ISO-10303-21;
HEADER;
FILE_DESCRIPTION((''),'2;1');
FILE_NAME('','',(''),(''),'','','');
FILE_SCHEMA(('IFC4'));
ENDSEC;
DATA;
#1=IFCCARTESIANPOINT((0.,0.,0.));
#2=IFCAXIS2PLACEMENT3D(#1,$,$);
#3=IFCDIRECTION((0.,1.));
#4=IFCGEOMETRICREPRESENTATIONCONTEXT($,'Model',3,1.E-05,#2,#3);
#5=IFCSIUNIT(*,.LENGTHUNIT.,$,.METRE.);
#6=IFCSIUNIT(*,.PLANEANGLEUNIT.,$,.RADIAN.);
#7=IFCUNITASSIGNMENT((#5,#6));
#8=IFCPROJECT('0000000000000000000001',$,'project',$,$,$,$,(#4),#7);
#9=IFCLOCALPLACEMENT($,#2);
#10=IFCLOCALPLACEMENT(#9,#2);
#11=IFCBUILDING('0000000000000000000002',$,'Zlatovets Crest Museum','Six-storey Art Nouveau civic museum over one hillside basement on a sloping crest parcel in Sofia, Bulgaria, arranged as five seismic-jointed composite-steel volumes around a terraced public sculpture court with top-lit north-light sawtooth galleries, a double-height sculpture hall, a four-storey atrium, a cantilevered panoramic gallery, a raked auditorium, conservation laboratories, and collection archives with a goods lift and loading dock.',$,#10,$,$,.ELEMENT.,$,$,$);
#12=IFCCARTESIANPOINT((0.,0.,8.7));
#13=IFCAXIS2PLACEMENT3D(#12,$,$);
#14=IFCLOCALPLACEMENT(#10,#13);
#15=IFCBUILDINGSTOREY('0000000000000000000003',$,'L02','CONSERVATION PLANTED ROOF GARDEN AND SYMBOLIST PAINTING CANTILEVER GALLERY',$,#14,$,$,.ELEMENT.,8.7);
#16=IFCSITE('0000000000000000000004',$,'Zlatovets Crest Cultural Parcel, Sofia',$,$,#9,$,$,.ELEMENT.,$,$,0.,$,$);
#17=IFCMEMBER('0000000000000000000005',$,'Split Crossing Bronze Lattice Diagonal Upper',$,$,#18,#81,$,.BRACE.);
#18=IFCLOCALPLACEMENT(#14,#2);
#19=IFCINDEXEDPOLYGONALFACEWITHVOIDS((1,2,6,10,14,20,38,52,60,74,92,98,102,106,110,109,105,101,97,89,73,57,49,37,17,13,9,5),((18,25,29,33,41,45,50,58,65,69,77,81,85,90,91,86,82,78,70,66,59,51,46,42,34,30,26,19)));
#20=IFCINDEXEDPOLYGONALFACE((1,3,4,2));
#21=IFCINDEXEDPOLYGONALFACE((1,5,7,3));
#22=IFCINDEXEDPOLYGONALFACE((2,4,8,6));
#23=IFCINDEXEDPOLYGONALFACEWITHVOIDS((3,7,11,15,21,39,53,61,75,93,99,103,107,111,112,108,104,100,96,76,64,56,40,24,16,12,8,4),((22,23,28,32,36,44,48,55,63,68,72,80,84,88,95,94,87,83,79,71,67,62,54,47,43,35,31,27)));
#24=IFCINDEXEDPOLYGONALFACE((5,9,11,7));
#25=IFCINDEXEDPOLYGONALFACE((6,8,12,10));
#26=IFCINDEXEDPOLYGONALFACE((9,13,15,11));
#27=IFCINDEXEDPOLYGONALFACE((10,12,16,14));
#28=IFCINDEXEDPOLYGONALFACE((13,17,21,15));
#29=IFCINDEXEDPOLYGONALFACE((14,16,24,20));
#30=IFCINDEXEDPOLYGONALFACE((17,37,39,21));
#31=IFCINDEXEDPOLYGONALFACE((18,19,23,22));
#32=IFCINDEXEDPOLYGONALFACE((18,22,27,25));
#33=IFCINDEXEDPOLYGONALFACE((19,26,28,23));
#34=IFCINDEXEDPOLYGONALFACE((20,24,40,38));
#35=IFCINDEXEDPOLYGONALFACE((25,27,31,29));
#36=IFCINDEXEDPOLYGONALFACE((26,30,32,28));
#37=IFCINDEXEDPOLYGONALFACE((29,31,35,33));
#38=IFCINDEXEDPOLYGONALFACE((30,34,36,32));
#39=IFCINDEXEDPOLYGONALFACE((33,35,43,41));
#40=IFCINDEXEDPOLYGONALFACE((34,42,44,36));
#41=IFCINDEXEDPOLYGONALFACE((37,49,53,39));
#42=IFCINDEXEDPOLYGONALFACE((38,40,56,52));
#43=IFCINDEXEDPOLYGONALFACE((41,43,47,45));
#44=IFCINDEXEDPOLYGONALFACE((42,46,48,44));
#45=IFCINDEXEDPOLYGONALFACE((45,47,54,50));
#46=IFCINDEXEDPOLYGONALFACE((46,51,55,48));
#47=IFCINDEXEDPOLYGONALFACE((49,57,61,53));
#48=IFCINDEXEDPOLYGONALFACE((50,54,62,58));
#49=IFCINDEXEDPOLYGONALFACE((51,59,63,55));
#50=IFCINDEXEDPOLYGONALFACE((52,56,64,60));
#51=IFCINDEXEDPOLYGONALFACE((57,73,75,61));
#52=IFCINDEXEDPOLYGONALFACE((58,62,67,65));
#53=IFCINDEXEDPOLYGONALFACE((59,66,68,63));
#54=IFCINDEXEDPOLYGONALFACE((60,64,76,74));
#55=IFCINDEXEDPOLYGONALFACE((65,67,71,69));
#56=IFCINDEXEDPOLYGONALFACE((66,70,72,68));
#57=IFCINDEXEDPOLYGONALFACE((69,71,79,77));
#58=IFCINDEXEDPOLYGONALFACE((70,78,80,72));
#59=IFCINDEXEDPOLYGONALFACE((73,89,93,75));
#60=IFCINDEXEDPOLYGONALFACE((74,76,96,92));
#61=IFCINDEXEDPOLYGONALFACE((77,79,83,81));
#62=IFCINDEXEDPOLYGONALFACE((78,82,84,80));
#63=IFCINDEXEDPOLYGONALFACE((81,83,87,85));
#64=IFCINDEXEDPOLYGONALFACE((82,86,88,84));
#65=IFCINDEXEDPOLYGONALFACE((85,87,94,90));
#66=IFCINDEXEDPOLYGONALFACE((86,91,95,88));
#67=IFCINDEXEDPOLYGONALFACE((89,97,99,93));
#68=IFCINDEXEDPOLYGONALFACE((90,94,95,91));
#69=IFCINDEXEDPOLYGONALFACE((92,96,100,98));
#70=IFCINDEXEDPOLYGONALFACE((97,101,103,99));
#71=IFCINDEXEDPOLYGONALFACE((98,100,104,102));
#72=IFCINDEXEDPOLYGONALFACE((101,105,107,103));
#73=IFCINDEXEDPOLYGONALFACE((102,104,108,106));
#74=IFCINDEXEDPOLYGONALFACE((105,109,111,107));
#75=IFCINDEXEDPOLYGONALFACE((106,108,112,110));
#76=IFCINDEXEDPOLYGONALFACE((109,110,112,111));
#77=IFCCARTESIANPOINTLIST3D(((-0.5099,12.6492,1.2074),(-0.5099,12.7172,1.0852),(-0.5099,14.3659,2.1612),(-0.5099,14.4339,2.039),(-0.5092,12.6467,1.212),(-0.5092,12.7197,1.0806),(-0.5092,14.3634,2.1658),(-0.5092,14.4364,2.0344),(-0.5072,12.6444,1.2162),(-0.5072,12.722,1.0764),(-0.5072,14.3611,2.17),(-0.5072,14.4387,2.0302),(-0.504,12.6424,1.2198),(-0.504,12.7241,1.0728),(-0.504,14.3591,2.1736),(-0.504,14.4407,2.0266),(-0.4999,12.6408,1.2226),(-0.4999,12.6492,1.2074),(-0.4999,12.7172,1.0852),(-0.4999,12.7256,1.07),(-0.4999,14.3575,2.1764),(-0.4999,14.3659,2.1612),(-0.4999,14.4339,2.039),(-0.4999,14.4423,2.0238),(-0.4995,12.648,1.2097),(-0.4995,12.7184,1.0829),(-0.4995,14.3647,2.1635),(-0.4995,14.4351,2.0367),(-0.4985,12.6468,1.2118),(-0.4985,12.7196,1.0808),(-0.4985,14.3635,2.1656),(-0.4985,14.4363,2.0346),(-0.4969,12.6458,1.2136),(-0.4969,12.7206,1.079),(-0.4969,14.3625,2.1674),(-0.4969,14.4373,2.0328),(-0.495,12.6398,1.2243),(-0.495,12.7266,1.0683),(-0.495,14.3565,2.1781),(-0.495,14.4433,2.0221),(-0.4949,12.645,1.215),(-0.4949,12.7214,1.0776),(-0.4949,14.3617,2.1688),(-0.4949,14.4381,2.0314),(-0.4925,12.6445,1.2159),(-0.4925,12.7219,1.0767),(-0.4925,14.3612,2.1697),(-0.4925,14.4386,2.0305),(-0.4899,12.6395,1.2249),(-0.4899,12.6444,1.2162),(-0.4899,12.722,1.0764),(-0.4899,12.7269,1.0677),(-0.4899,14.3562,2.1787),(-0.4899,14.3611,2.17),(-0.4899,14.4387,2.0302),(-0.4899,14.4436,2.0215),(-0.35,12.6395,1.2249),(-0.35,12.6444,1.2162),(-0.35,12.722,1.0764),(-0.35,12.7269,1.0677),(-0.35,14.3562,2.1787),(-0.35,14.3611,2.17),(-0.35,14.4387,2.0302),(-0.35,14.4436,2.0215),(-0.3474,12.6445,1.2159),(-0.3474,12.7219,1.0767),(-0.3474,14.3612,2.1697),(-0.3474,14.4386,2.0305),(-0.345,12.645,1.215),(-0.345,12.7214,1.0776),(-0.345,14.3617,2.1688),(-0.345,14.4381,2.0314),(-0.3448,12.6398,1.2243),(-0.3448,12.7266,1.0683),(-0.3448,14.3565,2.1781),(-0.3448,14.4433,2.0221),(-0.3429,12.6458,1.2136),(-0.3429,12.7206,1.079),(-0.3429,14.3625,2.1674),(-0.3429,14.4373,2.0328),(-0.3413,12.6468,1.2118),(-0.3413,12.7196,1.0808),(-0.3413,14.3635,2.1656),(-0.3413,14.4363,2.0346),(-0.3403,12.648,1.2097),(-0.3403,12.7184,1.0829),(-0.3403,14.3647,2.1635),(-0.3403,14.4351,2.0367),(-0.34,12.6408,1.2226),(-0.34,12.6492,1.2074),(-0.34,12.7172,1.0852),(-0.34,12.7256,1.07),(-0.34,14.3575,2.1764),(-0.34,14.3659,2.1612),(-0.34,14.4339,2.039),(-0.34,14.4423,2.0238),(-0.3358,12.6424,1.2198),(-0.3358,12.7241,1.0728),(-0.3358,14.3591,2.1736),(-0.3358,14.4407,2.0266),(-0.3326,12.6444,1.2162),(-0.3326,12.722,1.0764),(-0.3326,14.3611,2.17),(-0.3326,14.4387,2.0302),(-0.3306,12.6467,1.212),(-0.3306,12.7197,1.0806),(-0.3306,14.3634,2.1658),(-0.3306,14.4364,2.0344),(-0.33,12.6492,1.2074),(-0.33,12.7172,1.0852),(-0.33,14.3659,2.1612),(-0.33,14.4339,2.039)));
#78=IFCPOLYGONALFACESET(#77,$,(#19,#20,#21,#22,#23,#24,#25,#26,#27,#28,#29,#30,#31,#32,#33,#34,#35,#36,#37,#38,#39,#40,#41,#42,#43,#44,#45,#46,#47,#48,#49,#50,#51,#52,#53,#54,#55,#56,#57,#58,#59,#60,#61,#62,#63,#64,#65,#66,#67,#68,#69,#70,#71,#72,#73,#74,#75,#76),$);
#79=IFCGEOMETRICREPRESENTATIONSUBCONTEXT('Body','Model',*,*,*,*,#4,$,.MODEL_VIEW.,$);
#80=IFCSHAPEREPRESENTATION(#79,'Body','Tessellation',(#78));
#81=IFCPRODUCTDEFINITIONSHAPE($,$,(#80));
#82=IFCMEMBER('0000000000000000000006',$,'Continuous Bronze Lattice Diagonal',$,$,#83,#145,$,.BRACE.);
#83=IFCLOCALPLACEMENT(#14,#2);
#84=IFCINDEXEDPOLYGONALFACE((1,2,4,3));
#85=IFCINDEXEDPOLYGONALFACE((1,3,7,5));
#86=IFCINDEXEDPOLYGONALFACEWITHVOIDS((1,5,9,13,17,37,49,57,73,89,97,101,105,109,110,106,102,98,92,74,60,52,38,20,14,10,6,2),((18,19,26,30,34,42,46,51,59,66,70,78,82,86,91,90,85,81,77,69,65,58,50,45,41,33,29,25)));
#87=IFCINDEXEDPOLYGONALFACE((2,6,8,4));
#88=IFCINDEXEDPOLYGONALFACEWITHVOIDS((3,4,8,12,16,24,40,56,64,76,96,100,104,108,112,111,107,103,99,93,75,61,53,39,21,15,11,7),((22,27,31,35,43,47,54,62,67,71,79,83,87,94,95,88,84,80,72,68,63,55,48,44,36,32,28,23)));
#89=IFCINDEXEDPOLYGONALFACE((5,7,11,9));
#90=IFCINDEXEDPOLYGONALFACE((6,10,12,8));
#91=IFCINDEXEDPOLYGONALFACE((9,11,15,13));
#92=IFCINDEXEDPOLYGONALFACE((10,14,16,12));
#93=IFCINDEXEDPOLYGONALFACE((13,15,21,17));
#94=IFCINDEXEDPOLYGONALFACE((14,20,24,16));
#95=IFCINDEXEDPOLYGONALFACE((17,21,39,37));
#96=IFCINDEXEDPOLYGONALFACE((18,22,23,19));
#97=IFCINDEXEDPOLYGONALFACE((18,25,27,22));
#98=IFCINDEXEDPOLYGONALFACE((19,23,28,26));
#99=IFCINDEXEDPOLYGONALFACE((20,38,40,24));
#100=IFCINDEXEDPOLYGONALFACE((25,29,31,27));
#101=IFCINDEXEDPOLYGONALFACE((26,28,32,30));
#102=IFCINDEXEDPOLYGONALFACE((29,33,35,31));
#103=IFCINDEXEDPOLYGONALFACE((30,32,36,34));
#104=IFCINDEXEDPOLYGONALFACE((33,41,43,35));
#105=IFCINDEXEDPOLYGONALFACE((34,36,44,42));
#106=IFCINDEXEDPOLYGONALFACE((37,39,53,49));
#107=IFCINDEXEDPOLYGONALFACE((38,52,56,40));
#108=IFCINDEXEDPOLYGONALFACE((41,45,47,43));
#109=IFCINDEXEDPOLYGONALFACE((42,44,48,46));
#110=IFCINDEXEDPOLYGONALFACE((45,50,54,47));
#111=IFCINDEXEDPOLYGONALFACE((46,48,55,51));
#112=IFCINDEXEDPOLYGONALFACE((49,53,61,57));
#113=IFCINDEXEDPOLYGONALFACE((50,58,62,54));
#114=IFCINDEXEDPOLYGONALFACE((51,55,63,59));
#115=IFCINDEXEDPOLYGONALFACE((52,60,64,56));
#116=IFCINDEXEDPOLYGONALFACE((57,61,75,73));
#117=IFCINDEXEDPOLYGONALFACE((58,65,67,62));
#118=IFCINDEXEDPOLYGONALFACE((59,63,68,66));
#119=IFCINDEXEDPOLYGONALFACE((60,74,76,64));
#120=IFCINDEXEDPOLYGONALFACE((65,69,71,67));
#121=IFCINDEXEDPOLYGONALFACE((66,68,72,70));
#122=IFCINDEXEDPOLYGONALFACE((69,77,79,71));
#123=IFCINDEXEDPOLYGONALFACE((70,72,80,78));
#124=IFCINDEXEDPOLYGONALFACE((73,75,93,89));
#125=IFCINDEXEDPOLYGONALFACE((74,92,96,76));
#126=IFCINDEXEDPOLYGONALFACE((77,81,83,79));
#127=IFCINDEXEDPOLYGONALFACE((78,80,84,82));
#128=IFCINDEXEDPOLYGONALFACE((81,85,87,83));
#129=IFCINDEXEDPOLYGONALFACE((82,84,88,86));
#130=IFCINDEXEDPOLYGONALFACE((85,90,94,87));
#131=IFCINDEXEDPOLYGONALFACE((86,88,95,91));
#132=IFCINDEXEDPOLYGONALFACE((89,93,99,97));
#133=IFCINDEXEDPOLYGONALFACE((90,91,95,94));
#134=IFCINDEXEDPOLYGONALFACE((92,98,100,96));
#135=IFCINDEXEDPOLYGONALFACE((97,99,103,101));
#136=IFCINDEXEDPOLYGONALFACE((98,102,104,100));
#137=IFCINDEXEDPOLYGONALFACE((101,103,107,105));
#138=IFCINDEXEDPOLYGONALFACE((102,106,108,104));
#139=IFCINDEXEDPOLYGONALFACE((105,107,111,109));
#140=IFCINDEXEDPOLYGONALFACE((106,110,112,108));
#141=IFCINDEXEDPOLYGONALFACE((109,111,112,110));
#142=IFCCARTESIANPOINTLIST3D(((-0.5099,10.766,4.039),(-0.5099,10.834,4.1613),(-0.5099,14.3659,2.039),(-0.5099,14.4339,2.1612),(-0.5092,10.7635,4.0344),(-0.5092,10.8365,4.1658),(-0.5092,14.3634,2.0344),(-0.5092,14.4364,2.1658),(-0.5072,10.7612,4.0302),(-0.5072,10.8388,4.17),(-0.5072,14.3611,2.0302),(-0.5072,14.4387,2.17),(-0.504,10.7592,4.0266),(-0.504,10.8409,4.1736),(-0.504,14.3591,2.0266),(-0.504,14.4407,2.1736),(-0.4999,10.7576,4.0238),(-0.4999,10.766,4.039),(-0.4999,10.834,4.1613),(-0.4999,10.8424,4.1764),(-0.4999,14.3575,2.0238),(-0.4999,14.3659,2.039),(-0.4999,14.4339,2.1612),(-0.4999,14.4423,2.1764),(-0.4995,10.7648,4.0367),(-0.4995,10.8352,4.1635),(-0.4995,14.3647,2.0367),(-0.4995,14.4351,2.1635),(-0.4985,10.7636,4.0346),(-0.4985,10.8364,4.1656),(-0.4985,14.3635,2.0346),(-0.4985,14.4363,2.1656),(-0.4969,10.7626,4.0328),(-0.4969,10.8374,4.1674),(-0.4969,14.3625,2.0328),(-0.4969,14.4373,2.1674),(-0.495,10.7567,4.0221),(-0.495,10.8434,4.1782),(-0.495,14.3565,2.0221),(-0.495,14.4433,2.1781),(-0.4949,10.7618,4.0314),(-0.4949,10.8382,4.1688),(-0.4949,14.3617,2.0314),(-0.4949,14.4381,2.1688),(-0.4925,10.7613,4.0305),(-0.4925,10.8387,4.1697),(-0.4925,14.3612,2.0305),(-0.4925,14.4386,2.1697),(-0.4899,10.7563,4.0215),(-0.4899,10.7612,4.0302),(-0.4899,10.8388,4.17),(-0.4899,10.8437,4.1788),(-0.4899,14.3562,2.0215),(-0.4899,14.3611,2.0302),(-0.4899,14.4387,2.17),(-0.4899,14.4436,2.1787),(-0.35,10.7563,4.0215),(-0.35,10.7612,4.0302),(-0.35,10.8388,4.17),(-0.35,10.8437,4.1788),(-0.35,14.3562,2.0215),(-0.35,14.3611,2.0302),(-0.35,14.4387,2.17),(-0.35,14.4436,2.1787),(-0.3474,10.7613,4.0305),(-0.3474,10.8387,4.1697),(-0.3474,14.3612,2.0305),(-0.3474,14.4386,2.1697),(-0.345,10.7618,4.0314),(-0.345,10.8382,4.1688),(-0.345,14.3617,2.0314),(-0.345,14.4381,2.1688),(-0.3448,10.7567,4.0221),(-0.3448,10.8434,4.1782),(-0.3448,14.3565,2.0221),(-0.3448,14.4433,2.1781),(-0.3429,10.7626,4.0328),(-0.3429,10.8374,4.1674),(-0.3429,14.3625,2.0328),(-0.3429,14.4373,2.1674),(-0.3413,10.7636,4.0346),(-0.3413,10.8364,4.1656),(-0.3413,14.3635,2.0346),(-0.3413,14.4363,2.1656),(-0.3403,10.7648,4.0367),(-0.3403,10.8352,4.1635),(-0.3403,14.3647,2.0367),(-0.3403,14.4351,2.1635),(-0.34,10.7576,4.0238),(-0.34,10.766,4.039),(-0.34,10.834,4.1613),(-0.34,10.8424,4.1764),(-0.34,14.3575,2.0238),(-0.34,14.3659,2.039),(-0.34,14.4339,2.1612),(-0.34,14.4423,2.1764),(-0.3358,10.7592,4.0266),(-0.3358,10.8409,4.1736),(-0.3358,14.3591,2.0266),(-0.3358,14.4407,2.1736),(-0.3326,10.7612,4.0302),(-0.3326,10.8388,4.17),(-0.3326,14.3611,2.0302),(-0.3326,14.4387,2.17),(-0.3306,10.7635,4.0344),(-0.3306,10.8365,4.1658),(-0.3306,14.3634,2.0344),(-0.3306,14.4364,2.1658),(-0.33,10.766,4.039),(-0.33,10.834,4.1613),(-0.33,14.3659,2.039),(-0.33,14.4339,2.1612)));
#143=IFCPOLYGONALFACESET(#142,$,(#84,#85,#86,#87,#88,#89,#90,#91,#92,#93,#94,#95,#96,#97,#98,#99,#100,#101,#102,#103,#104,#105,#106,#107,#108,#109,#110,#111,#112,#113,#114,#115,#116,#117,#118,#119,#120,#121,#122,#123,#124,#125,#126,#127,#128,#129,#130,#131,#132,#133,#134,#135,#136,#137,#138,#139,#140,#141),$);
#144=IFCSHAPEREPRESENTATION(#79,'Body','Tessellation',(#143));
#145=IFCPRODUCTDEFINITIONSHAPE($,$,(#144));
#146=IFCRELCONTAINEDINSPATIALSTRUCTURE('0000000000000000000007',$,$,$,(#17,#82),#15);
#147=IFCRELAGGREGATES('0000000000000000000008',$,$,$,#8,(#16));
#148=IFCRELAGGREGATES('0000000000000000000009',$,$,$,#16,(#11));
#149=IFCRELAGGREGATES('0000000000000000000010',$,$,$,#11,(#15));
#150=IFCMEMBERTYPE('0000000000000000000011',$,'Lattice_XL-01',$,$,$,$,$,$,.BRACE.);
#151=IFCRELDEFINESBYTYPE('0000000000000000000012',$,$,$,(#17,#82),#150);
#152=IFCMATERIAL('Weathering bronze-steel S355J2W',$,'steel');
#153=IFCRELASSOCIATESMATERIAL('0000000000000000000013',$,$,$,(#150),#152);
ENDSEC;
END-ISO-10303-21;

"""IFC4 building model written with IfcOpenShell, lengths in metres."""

from ifc_helpers import new_model, si_unit, direction, frame, origin, origin_2d, place, context, subcontext, project, spatial, hollow_rectangle, extrude, material, material_profile, profile_set, type_object, element, save


model = new_model("IFC4")

# Units and contexts
model_context = context("Model", 3, precision=1e-05, world=origin(), true_north=direction((0.0, 1.0)))
body_context = subcontext(model_context, "Body", "Model", "MODEL_VIEW")
ifc_project = project(units=[si_unit("LENGTHUNIT", "METRE"), si_unit("PLANEANGLEUNIT", "RADIAN")], contexts=[model_context])

# Site, building, storey
site_placement = place(None, origin())
site = spatial("IfcSite", under=ifc_project, at=site_placement, Name="Zlatovets Crest Cultural Parcel, Sofia", CompositionType="ELEMENT", RefElevation=0.0)
building_placement = place(site_placement, origin())
building = spatial("IfcBuilding", under=site, at=building_placement, Name="Zlatovets Crest Museum", Description="Six-storey Art Nouveau civic museum over one hillside basement on a sloping crest parcel in Sofia, Bulgaria, arranged as five seismic-jointed composite-steel volumes around a terraced public sculpture court with top-lit north-light sawtooth galleries, a double-height sculpture hall, a four-storey atrium, a cantilevered panoramic gallery, a raked auditorium, conservation laboratories, and collection archives with a goods lift and loading dock.", CompositionType="ELEMENT")
storey_placement = place(building_placement, frame((0.0, 0.0, 8.7)))
storey = spatial("IfcBuildingStorey", under=building, at=storey_placement, Name="L02", Description="CONSERVATION PLANTED ROOF GARDEN AND SYMBOLIST PAINTING CANTILEVER GALLERY", CompositionType="ELEMENT", Elevation=8.7)

# Members
ifc_material_1 = material(Name="Weathering bronze-steel S355J2W", Category="steel")
ifc_material_profile_1 = material_profile(ifc_material_1, hollow_rectangle(XDim=0.1799, YDim=0.1799, WallThickness=0.01, InnerFilletRadius=0.01, OuterFilletRadius=0.02, at=origin_2d()), Name="SHS 180x180x10.0")
ifc_profile_set_1 = profile_set([ifc_material_profile_1], Name="Weathering bronze-steel S355J2W")
member_type_1 = type_object("IfcMemberType", Name="Lattice_XL-01", PredefinedType="BRACE", material=ifc_profile_set_1)
member_1_placement = place(storey_placement, frame((-0.4199, 14.3999, 2.1001), z_axis=(0.0, -0.87414, -0.485675), x_axis=(1.0, 0.0, 0.0)))
element("IfcMember", 1, at=member_1_placement, inside=storey, type_object=member_type_1, Name="Split Crossing Bronze Lattice Diagonal Upper", PredefinedType="BRACE", context=body_context, shape_type="SweptSolid", body=[
    extrude(hollow_rectangle(XDim=0.1799, YDim=0.1799, WallThickness=0.01, InnerFilletRadius=0.01, OuterFilletRadius=0.02, at=origin_2d()), origin(), (0.0, 0.0, 1.0), 1.9639),
])
member_2_placement = place(storey_placement, frame((-0.4199, 14.3999, 2.1001), z_axis=(0.0, -0.874149, 0.485658), x_axis=(1.0, 0.0, 0.0)))
element("IfcMember", 2, at=member_2_placement, inside=storey, type_object=member_type_1, Name="Continuous Bronze Lattice Diagonal", PredefinedType="BRACE", context=body_context, shape_type="SweptSolid", body=[
    extrude(hollow_rectangle(XDim=0.1799, YDim=0.1799, WallThickness=0.01, InnerFilletRadius=0.01, OuterFilletRadius=0.02, at=origin_2d()), origin(), (0.0, 0.0, 1.0), 4.1182),
])

save(model, "model.ifc")
